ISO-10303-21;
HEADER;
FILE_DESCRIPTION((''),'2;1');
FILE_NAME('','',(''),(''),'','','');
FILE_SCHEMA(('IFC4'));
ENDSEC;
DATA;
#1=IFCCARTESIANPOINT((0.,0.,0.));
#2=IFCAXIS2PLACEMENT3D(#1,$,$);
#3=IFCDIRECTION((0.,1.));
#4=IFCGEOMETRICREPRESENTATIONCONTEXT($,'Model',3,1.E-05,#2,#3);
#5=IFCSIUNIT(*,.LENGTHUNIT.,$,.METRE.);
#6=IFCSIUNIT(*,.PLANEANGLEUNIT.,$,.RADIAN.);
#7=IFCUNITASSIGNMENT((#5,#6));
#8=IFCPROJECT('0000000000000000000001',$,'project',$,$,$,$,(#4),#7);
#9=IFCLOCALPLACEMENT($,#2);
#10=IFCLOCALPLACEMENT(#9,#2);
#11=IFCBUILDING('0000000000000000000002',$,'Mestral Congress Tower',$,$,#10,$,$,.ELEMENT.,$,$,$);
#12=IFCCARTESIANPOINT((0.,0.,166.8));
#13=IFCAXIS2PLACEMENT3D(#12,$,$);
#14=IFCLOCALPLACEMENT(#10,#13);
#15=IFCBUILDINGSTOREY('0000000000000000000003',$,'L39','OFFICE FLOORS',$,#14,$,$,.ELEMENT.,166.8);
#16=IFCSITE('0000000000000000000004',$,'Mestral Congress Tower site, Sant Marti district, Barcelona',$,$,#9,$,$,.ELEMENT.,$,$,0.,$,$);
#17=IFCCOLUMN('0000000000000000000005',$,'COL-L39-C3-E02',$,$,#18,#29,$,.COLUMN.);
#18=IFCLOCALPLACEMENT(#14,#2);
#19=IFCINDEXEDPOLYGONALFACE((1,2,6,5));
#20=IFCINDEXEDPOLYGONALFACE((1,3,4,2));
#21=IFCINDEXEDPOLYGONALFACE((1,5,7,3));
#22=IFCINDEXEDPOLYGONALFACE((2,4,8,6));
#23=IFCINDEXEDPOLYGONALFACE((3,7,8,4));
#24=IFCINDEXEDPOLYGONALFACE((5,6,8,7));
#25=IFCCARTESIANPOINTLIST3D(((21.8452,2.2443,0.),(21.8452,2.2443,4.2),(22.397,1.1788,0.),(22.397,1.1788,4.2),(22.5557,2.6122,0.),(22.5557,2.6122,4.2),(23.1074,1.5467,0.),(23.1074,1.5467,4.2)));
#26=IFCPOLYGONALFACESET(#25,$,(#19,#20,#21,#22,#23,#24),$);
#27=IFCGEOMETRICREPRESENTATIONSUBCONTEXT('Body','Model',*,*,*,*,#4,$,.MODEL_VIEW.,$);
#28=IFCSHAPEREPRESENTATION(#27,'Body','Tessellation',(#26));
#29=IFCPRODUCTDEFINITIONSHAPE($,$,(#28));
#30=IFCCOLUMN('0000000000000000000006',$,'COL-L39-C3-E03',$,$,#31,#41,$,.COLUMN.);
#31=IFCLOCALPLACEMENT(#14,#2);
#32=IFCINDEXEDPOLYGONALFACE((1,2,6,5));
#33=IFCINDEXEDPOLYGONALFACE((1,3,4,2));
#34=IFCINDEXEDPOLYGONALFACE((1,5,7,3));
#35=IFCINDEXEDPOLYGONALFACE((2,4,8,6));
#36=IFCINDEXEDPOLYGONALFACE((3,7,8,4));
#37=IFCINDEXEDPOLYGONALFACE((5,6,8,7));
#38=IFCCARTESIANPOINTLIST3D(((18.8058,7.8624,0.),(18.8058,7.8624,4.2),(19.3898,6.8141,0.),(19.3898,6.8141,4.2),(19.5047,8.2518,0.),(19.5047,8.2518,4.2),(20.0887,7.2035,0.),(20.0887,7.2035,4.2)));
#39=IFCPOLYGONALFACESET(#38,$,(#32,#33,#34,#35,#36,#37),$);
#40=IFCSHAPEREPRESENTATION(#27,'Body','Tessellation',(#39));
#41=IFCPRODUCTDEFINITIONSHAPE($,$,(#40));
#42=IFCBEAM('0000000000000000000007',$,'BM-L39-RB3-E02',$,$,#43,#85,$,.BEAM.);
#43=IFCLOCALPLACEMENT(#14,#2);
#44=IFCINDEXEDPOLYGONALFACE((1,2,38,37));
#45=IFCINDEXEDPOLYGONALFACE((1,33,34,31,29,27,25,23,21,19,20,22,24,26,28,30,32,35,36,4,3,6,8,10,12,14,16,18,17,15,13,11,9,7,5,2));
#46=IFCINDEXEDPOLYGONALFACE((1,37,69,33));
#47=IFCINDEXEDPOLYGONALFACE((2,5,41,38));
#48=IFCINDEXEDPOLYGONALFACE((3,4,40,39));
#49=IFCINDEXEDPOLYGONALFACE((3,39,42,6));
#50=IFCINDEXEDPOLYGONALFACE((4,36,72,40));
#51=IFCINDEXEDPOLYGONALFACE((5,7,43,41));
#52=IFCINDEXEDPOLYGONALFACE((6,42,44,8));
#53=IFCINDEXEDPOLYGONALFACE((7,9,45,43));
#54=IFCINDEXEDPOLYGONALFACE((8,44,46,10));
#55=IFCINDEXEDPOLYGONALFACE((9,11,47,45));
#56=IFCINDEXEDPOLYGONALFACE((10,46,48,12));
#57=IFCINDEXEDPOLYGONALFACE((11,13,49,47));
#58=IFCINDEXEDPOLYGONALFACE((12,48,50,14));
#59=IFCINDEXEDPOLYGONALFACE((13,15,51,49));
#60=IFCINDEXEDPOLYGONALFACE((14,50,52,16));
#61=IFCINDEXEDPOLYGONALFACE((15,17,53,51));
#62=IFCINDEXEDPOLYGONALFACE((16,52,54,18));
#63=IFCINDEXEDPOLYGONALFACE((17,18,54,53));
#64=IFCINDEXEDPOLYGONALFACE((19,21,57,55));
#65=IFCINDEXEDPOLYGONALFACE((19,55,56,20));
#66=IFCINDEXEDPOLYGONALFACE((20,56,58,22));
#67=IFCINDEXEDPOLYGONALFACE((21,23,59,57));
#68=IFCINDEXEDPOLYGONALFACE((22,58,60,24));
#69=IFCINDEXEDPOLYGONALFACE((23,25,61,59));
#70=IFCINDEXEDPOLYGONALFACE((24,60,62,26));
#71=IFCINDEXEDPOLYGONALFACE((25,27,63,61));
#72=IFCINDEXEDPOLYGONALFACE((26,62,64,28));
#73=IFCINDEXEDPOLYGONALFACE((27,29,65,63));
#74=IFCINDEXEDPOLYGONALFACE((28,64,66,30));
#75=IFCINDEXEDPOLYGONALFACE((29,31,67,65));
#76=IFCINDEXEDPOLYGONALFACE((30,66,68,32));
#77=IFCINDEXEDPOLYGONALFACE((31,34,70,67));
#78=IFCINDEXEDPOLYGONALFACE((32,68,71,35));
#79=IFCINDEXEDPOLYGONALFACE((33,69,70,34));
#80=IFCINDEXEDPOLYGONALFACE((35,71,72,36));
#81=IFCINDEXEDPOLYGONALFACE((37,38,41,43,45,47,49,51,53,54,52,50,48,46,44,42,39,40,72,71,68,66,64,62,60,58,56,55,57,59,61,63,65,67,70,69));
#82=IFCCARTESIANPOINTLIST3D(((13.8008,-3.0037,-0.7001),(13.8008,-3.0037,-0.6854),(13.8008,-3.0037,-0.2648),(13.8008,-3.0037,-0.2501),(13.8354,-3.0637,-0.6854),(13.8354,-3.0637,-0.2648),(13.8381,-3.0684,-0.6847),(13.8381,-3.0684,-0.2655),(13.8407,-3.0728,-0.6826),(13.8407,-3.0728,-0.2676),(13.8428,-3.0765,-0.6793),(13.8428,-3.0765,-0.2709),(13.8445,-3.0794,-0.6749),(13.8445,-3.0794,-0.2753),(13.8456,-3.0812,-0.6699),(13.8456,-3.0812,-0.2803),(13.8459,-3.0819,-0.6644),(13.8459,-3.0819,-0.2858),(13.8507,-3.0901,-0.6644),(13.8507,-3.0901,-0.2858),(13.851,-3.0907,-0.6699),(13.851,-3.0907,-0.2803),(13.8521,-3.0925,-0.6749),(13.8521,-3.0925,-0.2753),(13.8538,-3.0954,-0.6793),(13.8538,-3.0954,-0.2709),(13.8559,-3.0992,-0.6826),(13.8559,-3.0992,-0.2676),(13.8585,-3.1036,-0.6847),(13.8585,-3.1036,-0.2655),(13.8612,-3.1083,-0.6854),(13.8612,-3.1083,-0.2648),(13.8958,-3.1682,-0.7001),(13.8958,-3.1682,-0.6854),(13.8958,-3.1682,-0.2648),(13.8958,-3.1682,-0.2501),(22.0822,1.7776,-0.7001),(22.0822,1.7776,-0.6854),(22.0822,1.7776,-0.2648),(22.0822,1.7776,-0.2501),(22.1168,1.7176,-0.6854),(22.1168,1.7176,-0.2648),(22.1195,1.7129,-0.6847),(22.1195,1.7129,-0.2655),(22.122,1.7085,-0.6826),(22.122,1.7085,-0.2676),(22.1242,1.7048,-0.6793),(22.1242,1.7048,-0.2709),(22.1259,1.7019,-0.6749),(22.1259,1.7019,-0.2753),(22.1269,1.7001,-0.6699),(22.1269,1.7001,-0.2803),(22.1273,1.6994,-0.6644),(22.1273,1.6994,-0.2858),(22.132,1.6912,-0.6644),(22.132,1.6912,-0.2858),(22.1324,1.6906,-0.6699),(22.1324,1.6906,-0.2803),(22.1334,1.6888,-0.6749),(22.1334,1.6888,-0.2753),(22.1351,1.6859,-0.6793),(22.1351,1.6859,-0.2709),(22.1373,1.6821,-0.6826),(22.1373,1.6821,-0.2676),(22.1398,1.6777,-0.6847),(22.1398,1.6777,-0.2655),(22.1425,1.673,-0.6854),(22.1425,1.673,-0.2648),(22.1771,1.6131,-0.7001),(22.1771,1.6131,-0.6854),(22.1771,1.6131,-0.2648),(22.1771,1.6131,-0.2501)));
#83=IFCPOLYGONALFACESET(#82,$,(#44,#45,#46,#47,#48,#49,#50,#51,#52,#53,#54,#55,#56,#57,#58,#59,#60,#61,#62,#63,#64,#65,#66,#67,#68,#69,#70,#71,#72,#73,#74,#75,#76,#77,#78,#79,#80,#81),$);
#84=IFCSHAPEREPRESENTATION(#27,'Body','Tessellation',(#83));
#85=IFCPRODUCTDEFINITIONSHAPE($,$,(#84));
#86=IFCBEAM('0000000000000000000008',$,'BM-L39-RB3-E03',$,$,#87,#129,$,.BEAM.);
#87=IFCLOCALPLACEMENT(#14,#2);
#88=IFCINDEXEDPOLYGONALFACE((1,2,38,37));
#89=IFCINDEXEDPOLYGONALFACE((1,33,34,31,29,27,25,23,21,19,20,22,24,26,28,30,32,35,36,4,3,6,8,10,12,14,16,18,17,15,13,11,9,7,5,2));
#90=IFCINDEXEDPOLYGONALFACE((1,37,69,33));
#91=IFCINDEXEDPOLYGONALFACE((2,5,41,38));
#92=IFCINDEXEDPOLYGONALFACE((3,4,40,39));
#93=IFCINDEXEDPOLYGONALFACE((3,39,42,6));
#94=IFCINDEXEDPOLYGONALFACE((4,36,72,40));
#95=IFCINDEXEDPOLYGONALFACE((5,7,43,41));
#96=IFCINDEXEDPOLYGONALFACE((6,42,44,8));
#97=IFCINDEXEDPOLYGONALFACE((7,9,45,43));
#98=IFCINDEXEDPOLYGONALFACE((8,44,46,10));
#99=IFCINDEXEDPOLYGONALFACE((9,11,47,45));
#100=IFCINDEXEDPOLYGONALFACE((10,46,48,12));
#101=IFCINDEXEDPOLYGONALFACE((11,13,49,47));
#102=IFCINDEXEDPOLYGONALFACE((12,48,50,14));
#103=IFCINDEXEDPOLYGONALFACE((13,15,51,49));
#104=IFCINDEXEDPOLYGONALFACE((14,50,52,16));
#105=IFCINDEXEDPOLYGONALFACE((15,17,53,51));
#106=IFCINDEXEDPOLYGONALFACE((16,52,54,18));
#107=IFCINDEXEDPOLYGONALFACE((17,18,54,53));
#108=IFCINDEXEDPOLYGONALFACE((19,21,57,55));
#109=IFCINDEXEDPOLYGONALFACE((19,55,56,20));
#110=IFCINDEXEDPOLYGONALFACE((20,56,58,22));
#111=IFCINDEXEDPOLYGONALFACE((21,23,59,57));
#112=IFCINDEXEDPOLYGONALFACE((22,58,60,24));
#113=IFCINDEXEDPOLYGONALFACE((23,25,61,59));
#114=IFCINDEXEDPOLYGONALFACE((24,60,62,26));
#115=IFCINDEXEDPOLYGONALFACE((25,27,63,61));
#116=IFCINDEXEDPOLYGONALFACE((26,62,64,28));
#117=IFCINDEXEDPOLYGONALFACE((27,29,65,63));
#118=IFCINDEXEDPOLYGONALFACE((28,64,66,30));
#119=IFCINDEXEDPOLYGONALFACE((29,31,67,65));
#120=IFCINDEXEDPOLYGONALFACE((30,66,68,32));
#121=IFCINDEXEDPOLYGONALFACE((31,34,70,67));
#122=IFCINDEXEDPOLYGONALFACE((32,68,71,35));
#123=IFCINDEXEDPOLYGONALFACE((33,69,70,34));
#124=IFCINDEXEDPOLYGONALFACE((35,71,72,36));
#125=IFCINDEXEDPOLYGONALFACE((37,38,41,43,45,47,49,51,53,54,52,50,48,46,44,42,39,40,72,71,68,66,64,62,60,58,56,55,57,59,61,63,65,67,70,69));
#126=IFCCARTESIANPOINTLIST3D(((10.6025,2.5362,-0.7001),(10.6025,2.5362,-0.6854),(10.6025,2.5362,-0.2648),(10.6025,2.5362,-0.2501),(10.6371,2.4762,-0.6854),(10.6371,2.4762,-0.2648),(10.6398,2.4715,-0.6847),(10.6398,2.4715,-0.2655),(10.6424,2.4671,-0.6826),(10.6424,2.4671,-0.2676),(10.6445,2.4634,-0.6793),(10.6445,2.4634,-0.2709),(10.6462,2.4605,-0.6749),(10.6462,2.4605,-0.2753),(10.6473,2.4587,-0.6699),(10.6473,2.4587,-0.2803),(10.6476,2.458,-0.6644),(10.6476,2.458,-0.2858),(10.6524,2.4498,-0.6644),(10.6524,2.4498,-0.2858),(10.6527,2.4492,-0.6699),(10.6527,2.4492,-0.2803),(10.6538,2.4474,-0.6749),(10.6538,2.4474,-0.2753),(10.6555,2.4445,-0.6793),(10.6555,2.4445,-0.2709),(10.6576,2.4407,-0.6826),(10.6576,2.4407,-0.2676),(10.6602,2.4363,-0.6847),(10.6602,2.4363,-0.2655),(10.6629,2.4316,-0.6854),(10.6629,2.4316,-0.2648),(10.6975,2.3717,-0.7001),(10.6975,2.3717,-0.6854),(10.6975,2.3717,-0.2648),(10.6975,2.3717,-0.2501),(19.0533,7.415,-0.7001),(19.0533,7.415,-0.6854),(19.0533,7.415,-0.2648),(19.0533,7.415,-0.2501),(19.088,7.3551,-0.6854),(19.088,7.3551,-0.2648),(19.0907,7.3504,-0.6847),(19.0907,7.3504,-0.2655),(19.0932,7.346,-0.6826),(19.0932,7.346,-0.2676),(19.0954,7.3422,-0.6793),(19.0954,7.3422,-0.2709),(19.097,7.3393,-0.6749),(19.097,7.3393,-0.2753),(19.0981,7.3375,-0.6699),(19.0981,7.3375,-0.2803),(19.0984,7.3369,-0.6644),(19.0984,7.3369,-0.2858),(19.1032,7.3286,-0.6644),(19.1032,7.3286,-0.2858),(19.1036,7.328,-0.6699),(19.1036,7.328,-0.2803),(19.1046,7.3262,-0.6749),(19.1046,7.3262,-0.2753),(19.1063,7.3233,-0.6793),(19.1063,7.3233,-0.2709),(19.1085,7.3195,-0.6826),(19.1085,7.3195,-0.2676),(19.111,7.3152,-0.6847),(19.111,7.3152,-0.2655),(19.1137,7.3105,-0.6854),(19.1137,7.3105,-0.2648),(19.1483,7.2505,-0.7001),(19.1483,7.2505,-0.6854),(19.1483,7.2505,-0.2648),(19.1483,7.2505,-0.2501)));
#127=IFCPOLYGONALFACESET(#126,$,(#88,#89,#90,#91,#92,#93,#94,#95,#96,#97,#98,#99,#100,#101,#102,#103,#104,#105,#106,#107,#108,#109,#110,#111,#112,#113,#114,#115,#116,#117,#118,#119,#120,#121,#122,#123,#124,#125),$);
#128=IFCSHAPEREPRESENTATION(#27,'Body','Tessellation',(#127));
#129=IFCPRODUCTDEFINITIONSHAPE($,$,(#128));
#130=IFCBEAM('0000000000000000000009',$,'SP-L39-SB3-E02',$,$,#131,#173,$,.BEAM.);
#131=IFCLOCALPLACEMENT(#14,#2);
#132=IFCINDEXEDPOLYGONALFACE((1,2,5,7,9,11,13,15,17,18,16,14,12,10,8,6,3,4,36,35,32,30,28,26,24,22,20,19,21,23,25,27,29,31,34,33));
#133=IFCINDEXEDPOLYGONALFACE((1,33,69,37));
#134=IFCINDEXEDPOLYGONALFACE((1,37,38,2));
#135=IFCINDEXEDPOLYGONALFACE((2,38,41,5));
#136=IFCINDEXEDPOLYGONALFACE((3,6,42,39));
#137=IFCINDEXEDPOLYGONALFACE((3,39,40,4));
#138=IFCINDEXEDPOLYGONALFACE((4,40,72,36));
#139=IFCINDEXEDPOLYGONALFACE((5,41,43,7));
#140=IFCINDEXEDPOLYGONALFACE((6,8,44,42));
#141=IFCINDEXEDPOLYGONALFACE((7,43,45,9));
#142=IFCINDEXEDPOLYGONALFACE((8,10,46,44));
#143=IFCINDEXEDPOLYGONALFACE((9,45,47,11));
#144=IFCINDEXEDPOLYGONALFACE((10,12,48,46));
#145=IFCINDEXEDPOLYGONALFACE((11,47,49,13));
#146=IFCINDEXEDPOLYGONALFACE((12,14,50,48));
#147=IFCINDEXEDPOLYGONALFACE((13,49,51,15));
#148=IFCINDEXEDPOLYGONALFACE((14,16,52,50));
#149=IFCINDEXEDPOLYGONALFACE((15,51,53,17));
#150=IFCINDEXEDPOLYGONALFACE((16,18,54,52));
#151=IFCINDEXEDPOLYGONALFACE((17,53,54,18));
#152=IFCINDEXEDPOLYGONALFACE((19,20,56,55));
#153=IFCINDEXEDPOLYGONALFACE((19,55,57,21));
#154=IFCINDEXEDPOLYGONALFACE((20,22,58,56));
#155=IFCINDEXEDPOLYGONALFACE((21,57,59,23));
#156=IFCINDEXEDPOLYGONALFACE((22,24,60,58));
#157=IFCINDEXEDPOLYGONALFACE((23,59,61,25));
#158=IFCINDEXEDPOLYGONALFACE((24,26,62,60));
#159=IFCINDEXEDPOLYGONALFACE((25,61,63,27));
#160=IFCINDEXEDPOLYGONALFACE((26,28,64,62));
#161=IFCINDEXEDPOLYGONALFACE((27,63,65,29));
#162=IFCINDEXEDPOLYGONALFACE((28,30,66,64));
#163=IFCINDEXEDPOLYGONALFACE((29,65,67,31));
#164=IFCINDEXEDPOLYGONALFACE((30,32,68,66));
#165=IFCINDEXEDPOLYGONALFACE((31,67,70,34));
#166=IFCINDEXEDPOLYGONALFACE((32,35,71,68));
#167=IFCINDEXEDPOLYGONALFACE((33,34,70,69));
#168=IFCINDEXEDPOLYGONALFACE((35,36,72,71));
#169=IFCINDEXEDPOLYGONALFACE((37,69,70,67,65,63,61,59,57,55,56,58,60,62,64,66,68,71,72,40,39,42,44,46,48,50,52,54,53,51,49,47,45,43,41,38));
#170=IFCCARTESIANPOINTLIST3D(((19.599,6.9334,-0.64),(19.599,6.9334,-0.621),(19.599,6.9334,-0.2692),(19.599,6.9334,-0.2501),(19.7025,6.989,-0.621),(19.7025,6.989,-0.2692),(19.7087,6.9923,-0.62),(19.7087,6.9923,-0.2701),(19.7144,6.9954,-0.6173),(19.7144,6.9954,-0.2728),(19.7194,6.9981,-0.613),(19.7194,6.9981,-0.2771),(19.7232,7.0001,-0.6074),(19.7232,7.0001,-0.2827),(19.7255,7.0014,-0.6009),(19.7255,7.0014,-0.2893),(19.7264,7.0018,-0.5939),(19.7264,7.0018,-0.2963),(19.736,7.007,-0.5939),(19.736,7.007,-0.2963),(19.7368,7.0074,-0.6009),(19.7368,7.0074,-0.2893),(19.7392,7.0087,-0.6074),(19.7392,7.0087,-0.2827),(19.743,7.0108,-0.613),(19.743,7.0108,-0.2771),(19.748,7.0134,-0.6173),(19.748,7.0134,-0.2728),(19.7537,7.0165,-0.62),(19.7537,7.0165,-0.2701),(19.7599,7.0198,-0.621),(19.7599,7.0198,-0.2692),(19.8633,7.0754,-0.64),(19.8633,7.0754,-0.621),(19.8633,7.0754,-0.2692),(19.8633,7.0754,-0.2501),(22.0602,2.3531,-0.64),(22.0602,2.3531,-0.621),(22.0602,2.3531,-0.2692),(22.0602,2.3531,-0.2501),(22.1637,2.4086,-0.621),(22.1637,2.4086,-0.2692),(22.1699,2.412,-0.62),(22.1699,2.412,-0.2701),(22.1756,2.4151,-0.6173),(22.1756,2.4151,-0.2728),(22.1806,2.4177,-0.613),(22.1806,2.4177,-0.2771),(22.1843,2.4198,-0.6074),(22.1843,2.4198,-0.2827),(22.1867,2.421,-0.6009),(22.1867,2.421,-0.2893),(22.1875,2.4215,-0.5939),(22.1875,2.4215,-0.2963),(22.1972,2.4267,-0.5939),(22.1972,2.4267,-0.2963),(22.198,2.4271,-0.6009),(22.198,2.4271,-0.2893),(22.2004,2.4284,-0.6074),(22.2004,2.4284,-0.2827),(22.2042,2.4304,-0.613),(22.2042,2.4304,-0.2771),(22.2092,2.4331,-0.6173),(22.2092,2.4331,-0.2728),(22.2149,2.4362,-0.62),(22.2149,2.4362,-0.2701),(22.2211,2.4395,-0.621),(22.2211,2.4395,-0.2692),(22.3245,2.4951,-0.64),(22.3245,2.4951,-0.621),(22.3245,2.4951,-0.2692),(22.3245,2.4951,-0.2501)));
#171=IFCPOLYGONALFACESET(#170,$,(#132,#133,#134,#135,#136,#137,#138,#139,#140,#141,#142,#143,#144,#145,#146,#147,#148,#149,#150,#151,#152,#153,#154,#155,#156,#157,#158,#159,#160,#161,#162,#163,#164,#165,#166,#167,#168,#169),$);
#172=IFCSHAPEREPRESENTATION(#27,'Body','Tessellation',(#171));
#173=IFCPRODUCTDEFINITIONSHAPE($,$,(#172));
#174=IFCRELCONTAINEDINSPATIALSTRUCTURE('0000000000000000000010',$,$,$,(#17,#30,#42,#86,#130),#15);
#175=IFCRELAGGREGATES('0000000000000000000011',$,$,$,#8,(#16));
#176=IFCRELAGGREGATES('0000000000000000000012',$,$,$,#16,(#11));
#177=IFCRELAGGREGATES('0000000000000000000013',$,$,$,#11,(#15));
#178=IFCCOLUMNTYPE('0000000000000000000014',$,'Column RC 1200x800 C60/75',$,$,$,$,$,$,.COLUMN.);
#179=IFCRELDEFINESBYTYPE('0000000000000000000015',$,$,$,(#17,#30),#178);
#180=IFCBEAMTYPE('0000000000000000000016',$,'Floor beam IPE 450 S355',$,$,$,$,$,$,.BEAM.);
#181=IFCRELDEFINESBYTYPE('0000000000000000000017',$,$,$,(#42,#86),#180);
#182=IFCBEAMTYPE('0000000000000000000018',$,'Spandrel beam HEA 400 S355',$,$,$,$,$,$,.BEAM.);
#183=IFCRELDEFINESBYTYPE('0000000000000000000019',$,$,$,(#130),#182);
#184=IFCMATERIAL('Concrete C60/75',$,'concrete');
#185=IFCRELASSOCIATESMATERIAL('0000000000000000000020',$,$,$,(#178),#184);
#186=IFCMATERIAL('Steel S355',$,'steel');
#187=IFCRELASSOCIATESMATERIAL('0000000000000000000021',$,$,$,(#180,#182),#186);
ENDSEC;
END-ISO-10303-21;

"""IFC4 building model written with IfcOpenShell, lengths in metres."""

from ifc_helpers import new_model, si_unit, direction, frame, origin, origin_2d, place, context, subcontext, project, spatial, rectangle, i_section, extrude, material, material_profile, profile_set, type_object, element, save


model = new_model("IFC4")

# Units and contexts
model_context = context("Model", 3, precision=1e-05, world=origin(), true_north=direction((0.0, 1.0)))
body_context = subcontext(model_context, "Body", "Model", "MODEL_VIEW")
ifc_project = project(units=[si_unit("LENGTHUNIT", "METRE"), si_unit("PLANEANGLEUNIT", "RADIAN")], contexts=[model_context])

# Site, building, storey
site_placement = place(None, origin())
site = spatial("IfcSite", under=ifc_project, at=site_placement, Name="Mestral Congress Tower site, Sant Marti district, Barcelona", CompositionType="ELEMENT", RefElevation=0.0)
building_placement = place(site_placement, origin())
building = spatial("IfcBuilding", under=site, at=building_placement, Name="Mestral Congress Tower", CompositionType="ELEMENT")
storey_placement = place(building_placement, frame((0.0, 0.0, 166.8)))
storey = spatial("IfcBuildingStorey", under=building, at=storey_placement, Name="L39", Description="OFFICE FLOORS", CompositionType="ELEMENT", Elevation=166.8)

# Columns
ifc_material_1 = material(Name="Concrete C60/75", Category="concrete")
ifc_material_profile_1 = material_profile(ifc_material_1, rectangle(XDim=1.2, YDim=0.8, at=origin_2d()), Name="RC 1200x800")
ifc_profile_set_1 = profile_set([ifc_material_profile_1], Name="Concrete C60/75")
column_type = type_object("IfcColumnType", Name="Column RC 1200x800 C60/75", PredefinedType="COLUMN", material=ifc_profile_set_1)
for number, where, z_axis, x_axis, name in (
    (1, (22.4763, 1.8955, 0.0), (0.0, 0.0, 1.0), (-0.459837, 0.888003, 0.0), "COL-L39-C3-E02"),
    (2, (19.4473, 7.533, 0.0), (0.0, 0.0, 1.0), (-0.486724, 0.873556, 0.0), "COL-L39-C3-E03"),
):
    element("IfcColumn", number, at=place(storey_placement, frame(where, z_axis=z_axis, x_axis=x_axis)), inside=storey, type_object=column_type, Name=name, PredefinedType="COLUMN", context=body_context, shape_type="SweptSolid", body=[
        extrude(rectangle(XDim=1.2, YDim=0.8, at=origin_2d()), origin(), (0.0, 0.0, 1.0), 4.2),
    ])

# Beams
ifc_material_2 = material(Name="Steel S355", Category="steel")
ifc_material_profile_2 = material_profile(ifc_material_2, i_section(OverallWidth=0.1899, OverallDepth=0.45, WebThickness=0.0095, FlangeThickness=0.0146, FilletRadius=0.021, at=origin_2d()), Name="IPE 450")
ifc_profile_set_2 = profile_set([ifc_material_profile_2], Name="Steel S355")
beam_type_1 = type_object("IfcBeamType", Name="Floor beam IPE 450 S355", PredefinedType="BEAM", material=ifc_profile_set_2)
beam_1_placement = place(storey_placement, frame((22.1296, 1.6953, -0.4751), z_axis=(-0.866022, -0.500005, 0.0), x_axis=(0.500005, -0.866022, 0.0)))
element("IfcBeam", 3, at=beam_1_placement, inside=storey, type_object=beam_type_1, Name="BM-L39-RB3-E02", PredefinedType="BEAM", context=body_context, shape_type="SweptSolid", body=[
    extrude(i_section(OverallWidth=0.1899, OverallDepth=0.45, WebThickness=0.0095, FlangeThickness=0.0146, FilletRadius=0.021, at=origin_2d()), origin(), (0.0, 0.0, 1.0), 9.5625),
])
beam_2_placement = place(storey_placement, frame((19.1008, 7.3328, -0.4751), z_axis=(-0.866036, -0.499982, 0.0), x_axis=(0.499982, -0.866036, 0.0)))
element("IfcBeam", 4, at=beam_2_placement, inside=storey, type_object=beam_type_1, Name="BM-L39-RB3-E03", PredefinedType="BEAM", context=body_context, shape_type="SweptSolid", body=[
    extrude(i_section(OverallWidth=0.1899, OverallDepth=0.45, WebThickness=0.0095, FlangeThickness=0.0146, FilletRadius=0.021, at=origin_2d()), origin(), (0.0, 0.0, 1.0), 9.7581),
])
ifc_material_profile_3 = material_profile(ifc_material_2, i_section(OverallWidth=0.3, OverallDepth=0.3899, WebThickness=0.011, FlangeThickness=0.019, FilletRadius=0.0271, at=origin_2d()), Name="HEA 400")
ifc_profile_set_3 = profile_set([ifc_material_profile_3], Name="Steel S355")
beam_type_2 = type_object("IfcBeamType", Name="Spandrel beam HEA 400 S355", PredefinedType="BEAM", material=ifc_profile_set_3)
for number, where, z_axis, x_axis, name in (
    (5, (22.1924, 2.4241, -0.4451), (-0.473332, 0.880884, 0.0), (-0.880884, -0.473332, 0.0), "SP-L39-SB3-E02"),
):
    element("IfcBeam", number, at=place(storey_placement, frame(where, z_axis=z_axis, x_axis=x_axis)), inside=storey, type_object=beam_type_2, Name=name, PredefinedType="BEAM", context=body_context, shape_type="SweptSolid", body=[
        extrude(i_section(OverallWidth=0.3, OverallDepth=0.3899, WebThickness=0.011, FlangeThickness=0.019, FilletRadius=0.0271, at=origin_2d()), origin(), (0.0, 0.0, 1.0), 5.1997),
    ])

save(model, "model.ifc")
